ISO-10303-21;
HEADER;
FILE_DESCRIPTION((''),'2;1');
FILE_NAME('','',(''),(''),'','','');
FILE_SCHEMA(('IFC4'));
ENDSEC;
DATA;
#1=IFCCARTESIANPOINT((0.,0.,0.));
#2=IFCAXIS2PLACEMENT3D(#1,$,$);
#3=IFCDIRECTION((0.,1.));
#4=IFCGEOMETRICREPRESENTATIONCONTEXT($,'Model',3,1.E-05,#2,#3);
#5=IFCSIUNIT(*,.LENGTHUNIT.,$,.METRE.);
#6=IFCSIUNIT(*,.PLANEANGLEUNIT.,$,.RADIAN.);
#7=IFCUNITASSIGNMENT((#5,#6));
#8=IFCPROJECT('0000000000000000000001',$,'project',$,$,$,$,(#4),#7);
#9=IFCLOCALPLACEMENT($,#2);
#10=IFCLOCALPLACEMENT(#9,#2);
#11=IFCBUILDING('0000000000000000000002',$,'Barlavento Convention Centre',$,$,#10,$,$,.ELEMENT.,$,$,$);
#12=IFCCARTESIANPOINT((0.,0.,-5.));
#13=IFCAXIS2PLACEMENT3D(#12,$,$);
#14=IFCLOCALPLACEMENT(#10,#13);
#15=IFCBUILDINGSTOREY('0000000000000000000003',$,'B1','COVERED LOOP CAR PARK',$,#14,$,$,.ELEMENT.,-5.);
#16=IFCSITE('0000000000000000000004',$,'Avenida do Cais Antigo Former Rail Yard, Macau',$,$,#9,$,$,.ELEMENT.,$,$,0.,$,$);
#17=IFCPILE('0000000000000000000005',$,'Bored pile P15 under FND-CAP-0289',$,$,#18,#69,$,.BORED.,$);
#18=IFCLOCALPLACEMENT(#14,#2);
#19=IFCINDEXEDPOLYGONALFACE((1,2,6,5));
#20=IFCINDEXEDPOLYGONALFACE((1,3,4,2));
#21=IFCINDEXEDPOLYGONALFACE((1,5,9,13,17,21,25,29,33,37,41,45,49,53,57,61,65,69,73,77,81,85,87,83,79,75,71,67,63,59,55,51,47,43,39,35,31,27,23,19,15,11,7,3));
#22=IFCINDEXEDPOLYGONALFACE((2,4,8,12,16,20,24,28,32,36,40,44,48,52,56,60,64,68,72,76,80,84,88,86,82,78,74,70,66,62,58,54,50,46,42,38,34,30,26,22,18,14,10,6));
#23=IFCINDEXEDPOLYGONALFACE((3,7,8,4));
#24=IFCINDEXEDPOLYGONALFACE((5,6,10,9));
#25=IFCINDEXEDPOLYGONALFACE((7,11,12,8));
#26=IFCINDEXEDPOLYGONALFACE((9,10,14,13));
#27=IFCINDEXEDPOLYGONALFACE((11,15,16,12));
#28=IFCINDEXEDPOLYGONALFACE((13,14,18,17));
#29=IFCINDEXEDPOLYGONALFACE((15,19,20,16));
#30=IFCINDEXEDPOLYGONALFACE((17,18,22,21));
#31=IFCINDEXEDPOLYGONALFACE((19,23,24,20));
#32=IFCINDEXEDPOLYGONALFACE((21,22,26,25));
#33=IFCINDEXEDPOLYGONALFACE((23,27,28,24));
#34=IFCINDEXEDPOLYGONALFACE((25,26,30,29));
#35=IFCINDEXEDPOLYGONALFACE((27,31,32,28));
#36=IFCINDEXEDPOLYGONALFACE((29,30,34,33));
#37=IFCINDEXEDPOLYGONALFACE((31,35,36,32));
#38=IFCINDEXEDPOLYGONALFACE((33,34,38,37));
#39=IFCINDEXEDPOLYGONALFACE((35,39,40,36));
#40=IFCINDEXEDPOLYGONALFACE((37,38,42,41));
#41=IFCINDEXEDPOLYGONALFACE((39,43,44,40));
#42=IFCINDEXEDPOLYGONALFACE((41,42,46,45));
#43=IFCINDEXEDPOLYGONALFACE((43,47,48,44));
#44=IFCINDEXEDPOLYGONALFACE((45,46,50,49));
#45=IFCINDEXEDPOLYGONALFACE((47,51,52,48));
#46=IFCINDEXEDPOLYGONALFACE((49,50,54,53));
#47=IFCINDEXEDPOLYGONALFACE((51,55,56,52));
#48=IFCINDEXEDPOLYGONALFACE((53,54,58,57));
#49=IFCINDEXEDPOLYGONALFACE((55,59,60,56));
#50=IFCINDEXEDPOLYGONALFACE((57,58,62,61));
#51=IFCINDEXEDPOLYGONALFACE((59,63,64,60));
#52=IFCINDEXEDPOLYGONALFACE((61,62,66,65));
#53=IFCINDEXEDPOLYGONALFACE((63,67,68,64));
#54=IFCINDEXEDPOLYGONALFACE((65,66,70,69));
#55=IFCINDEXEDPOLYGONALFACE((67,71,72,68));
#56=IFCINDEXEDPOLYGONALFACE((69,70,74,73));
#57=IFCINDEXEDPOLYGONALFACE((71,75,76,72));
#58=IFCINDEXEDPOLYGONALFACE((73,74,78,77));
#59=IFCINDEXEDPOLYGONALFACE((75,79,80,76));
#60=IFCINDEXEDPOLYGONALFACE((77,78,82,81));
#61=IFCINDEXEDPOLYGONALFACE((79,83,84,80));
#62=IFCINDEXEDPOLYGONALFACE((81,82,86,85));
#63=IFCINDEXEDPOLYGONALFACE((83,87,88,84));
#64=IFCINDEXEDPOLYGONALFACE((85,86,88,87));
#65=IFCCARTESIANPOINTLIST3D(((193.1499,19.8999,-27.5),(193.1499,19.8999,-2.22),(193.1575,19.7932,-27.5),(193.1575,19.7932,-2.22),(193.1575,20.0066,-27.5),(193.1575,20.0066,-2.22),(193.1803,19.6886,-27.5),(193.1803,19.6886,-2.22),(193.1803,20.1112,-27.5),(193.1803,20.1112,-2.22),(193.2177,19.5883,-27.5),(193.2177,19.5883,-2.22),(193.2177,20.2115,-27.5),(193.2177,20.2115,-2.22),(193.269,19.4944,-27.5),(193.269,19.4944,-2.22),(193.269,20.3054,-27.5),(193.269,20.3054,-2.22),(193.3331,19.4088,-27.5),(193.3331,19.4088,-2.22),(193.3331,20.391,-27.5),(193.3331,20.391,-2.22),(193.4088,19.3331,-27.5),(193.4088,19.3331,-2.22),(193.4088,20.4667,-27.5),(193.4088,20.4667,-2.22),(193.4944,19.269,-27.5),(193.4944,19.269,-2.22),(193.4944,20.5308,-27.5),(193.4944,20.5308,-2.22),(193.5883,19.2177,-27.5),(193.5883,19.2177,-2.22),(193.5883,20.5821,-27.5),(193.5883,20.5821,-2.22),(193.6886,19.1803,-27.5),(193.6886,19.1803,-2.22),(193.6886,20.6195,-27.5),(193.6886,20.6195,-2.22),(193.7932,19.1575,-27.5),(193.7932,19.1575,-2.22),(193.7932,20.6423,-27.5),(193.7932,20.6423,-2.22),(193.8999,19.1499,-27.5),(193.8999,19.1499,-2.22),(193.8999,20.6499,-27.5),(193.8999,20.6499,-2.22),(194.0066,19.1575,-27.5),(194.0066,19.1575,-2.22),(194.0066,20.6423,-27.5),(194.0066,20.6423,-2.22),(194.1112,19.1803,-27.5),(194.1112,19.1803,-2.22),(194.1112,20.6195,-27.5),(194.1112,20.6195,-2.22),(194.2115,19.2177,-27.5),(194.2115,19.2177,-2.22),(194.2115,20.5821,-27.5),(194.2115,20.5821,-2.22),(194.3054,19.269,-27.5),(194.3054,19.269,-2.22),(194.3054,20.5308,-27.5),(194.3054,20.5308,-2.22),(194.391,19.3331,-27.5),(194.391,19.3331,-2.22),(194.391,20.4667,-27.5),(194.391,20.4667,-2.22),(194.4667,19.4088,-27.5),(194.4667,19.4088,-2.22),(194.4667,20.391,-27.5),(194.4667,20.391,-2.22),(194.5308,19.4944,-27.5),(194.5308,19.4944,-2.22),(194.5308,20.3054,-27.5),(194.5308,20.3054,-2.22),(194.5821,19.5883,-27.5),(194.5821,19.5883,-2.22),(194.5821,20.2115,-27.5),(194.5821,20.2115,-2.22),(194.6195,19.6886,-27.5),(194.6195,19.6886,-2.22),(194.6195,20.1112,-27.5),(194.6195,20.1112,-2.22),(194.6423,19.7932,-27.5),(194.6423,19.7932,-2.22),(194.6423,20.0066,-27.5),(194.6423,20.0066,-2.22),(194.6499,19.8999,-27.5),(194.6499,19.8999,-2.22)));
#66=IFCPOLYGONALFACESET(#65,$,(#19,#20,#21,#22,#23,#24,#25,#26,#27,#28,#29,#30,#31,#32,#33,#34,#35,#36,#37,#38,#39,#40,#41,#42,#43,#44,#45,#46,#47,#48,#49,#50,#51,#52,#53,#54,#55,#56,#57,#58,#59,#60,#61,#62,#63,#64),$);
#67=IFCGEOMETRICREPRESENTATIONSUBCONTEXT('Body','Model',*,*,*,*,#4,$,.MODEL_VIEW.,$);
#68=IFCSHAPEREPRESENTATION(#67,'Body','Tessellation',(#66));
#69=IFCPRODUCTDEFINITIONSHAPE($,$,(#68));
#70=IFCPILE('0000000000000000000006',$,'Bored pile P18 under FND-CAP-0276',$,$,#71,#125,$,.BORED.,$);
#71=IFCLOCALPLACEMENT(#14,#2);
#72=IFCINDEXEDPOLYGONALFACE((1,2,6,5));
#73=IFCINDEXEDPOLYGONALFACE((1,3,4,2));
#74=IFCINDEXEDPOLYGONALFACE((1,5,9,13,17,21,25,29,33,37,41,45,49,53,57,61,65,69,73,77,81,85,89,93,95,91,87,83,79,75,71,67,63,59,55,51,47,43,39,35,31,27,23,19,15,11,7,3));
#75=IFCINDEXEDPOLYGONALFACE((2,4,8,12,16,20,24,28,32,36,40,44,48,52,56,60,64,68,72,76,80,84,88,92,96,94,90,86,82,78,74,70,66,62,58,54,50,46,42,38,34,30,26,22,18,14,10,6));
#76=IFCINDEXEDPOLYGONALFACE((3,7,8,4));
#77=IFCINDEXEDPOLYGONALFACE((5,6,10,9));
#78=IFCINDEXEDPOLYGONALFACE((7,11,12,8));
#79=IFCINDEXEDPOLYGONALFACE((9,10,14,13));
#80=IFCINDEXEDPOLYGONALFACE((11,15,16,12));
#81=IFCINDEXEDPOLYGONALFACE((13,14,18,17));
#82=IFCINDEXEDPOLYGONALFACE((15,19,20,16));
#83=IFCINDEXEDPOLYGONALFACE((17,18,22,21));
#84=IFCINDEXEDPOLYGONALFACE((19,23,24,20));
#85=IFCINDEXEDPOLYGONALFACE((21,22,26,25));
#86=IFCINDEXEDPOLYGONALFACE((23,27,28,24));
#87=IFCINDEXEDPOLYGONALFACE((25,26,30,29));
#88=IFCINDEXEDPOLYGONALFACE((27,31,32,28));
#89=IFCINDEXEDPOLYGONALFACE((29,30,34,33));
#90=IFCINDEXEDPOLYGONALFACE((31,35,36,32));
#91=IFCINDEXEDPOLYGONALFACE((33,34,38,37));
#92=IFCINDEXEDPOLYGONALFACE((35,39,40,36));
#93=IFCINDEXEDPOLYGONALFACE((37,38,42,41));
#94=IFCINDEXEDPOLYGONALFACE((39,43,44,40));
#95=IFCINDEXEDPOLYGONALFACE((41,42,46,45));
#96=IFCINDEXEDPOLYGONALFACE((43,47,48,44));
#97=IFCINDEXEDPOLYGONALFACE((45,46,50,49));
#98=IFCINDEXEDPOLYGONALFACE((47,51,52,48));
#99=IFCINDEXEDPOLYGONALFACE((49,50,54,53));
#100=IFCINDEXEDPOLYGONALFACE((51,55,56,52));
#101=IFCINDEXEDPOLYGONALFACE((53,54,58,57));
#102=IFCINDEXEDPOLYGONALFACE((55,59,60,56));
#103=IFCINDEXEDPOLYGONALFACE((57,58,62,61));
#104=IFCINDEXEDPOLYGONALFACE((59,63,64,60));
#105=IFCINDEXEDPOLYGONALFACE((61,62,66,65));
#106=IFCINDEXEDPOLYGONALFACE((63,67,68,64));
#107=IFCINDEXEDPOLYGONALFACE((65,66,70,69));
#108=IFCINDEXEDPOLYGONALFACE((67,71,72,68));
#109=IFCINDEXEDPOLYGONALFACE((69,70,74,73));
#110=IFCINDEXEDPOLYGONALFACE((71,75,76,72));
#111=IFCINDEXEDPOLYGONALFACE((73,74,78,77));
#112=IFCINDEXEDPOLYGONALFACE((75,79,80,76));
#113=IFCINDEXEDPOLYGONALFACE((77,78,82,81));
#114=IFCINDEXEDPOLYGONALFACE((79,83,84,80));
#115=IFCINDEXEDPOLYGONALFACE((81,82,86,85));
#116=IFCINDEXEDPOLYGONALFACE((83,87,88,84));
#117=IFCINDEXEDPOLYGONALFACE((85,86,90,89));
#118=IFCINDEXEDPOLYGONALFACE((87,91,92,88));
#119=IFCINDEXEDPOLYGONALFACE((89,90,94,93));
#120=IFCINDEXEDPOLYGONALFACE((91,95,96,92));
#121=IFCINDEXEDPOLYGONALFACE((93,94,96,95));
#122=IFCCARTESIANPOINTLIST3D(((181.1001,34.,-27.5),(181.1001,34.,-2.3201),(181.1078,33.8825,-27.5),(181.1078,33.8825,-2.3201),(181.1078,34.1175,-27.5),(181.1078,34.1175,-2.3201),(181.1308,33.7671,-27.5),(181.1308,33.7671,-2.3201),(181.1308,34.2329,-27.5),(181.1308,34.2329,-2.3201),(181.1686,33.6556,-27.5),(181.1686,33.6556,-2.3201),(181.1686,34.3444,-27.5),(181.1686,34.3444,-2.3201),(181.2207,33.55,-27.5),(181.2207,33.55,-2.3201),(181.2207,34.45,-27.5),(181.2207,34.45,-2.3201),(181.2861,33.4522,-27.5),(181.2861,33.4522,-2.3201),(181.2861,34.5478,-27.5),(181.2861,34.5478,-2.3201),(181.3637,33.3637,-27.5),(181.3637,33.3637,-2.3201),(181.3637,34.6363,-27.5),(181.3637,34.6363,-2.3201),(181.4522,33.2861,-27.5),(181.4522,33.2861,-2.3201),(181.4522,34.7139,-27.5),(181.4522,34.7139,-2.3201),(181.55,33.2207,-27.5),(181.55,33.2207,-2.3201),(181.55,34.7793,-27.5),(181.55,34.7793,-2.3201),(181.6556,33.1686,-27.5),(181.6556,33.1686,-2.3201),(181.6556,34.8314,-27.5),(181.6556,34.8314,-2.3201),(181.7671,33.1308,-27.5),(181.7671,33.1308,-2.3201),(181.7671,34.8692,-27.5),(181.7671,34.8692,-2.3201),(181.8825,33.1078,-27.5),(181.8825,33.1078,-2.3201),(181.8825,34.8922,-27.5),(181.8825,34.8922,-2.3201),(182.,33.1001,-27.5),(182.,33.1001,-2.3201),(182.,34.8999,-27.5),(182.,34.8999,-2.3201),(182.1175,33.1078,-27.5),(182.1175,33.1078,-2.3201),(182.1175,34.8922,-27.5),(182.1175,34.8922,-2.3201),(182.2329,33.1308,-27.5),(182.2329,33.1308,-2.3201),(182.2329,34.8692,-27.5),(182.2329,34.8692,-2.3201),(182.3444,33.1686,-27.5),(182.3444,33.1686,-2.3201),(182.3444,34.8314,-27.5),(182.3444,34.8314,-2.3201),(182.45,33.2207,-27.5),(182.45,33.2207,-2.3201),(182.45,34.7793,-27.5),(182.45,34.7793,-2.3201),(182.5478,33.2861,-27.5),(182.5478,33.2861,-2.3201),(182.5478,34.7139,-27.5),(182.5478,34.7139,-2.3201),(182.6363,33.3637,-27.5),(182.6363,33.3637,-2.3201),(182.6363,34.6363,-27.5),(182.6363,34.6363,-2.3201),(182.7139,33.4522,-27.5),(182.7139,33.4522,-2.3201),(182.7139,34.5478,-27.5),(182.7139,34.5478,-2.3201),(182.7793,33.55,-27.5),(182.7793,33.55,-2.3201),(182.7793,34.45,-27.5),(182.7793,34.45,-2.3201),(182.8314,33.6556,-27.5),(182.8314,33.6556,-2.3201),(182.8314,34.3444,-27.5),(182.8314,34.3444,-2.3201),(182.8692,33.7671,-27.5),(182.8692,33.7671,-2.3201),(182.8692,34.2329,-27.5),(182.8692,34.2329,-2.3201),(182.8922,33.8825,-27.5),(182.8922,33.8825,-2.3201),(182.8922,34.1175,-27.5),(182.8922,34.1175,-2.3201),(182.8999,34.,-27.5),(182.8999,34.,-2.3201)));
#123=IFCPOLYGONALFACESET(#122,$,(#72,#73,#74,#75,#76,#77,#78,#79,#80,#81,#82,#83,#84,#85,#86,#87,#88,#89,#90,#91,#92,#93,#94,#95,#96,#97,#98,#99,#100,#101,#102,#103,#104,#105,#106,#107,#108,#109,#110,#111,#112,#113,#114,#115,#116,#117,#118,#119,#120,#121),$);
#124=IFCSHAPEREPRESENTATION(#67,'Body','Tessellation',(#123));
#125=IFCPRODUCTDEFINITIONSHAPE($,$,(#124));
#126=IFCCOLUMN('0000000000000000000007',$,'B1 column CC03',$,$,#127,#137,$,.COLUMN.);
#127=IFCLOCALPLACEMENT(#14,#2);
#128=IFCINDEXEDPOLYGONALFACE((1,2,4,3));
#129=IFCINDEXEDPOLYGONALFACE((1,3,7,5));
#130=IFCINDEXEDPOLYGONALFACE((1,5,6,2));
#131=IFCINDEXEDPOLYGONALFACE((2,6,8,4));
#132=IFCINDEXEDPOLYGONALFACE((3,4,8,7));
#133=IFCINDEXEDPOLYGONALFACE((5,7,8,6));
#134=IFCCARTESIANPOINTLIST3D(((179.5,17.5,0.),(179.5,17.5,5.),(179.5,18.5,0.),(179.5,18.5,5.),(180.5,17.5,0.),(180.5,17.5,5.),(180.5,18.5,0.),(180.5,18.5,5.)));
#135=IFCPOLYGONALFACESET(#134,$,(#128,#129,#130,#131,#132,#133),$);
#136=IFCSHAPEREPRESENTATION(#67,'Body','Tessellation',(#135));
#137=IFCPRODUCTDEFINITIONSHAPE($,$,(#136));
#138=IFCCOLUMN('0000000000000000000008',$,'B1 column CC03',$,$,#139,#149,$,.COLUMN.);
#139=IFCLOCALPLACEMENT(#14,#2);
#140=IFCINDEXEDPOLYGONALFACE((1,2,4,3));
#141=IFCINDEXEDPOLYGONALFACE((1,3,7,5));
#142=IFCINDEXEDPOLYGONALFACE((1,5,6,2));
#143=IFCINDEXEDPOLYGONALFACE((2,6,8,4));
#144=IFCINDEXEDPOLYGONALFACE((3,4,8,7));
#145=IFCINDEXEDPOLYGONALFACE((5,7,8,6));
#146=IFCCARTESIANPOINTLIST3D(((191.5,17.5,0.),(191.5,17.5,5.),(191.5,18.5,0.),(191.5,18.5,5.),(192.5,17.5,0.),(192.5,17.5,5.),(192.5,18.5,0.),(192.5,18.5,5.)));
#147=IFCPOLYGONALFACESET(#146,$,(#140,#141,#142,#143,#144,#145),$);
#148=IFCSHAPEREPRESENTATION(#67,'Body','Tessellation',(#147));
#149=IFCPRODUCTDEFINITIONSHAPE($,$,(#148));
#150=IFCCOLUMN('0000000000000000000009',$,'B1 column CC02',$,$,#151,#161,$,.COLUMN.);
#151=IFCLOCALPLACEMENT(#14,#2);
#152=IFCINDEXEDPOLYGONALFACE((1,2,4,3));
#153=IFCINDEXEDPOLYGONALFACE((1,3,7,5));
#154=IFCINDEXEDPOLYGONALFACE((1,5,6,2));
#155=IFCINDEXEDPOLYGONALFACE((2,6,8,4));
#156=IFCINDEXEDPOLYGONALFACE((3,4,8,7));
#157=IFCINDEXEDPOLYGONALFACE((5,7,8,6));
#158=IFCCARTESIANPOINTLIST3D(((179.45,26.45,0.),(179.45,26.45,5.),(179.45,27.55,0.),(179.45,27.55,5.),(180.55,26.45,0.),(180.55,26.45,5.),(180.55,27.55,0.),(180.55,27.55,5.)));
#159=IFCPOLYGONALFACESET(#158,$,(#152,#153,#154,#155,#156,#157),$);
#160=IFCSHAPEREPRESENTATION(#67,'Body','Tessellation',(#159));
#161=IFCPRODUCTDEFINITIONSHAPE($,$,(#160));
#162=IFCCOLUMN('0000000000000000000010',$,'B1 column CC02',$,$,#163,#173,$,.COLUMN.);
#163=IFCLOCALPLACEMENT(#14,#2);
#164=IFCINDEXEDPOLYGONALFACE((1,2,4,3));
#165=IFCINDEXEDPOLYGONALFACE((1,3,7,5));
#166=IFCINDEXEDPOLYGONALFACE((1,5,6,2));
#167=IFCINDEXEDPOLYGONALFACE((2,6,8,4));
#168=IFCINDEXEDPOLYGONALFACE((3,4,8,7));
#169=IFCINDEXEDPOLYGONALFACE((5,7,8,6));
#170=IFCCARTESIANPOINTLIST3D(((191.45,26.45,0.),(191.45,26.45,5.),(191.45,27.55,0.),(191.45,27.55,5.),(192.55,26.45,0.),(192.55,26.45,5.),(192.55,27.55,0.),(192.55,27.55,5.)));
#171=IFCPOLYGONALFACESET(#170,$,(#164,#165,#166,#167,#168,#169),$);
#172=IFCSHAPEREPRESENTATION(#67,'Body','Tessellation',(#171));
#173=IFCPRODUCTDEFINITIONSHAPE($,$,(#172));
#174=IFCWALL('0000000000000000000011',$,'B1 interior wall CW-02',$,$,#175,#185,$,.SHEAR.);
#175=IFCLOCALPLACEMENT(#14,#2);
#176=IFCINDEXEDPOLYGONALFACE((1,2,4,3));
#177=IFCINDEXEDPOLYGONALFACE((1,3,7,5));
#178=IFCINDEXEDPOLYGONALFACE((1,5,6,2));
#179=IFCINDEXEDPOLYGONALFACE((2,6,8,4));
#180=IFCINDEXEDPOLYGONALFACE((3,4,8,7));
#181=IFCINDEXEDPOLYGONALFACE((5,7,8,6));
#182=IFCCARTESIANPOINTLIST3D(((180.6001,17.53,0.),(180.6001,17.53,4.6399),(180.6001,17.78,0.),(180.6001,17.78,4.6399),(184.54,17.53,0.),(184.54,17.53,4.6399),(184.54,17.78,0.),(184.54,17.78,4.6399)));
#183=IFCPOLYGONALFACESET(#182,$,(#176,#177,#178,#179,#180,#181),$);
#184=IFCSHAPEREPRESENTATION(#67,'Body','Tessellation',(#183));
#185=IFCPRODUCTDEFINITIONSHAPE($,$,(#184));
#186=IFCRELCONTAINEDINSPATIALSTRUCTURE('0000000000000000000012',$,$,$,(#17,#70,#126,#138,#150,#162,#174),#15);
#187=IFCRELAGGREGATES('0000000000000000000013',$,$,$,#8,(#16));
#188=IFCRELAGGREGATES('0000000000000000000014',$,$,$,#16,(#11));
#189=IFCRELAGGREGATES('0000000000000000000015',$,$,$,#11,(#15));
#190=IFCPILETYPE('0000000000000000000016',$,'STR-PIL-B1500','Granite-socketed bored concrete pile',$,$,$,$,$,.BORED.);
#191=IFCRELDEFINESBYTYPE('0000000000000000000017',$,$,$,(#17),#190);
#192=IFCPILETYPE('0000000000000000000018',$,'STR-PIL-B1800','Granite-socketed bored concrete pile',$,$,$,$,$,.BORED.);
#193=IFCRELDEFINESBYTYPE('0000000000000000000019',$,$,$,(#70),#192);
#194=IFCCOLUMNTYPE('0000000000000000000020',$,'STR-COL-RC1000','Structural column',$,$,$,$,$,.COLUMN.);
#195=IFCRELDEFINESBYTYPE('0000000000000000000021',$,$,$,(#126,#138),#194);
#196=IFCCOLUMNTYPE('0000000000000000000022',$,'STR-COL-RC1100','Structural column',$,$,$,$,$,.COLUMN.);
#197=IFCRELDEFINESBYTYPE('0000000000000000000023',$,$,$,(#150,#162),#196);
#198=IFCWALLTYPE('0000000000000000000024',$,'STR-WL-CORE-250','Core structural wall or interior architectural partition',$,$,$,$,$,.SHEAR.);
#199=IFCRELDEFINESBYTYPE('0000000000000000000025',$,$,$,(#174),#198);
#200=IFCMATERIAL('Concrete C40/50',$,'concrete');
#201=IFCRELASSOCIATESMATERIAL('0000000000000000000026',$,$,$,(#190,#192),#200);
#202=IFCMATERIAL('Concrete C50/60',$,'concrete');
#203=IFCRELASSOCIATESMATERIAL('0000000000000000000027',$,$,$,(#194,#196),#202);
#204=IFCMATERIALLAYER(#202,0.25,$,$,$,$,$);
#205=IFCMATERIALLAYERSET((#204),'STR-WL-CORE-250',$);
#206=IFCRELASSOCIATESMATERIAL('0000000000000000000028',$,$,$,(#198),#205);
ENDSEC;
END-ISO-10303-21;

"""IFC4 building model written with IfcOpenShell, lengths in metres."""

from ifc_helpers import new_model, si_unit, direction, frame, frame_2d, origin, origin_2d, place, context, subcontext, project, spatial, rectangle, circle, extrude, material, layer, layer_set, material_profile, profile_set, type_object, element, save


model = new_model("IFC4")

# Units and contexts
model_context = context("Model", 3, precision=1e-05, world=origin(), true_north=direction((0.0, 1.0)))
body_context = subcontext(model_context, "Body", "Model", "MODEL_VIEW")
ifc_project = project(units=[si_unit("LENGTHUNIT", "METRE"), si_unit("PLANEANGLEUNIT", "RADIAN")], contexts=[model_context])

# Site, building, storey
site_placement = place(None, origin())
site = spatial("IfcSite", under=ifc_project, at=site_placement, Name="Avenida do Cais Antigo Former Rail Yard, Macau", CompositionType="ELEMENT", RefElevation=0.0)
building_placement = place(site_placement, origin())
building = spatial("IfcBuilding", under=site, at=building_placement, Name="Barlavento Convention Centre", CompositionType="ELEMENT")
storey_placement = place(building_placement, frame((0.0, 0.0, -5.0)))
storey = spatial("IfcBuildingStorey", under=building, at=storey_placement, Name="B1", Description="COVERED LOOP CAR PARK", CompositionType="ELEMENT", Elevation=-5.0)

# Shared definitions
ifc_material_1 = material(Name="Concrete C40/50", Category="concrete")

# Piles
ifc_material_profile_1 = material_profile(ifc_material_1, circle(Radius=0.75, at=origin_2d()), Name="BORED PILE 1500")
ifc_profile_set_1 = profile_set([ifc_material_profile_1], Name="Concrete C40/50")
pile_type_1 = type_object("IfcPileType", Name="STR-PIL-B1500", Description="Granite-socketed bored concrete pile", PredefinedType="BORED", material=ifc_profile_set_1)
for number, where, z_axis, x_axis, name in (
    (1, (193.8999, 19.8999, -2.22), (0.0, 0.0, -1.0), (1.0, 0.0, 0.0), "Bored pile P15 under FND-CAP-0289"),
):
    element("IfcPile", number, at=place(storey_placement, frame(where, z_axis=z_axis, x_axis=x_axis)), inside=storey, type_object=pile_type_1, Name=name, PredefinedType="BORED", context=body_context, shape_type="SweptSolid", body=[
        extrude(circle(Radius=0.75, at=origin_2d()), origin(), (0.0, 0.0, 1.0), 25.28),
    ])
ifc_material_profile_2 = material_profile(ifc_material_1, circle(Radius=0.8999, at=origin_2d()), Name="BORED PILE 1800")
ifc_profile_set_2 = profile_set([ifc_material_profile_2], Name="Concrete C40/50")
pile_type_2 = type_object("IfcPileType", Name="STR-PIL-B1800", Description="Granite-socketed bored concrete pile", PredefinedType="BORED", material=ifc_profile_set_2)
pile_placement = place(storey_placement, frame((182.0, 34.0, -2.3201), z_axis=(0.0, 0.0, -1.0), x_axis=(1.0, 0.0, 0.0)))
element("IfcPile", 2, at=pile_placement, inside=storey, type_object=pile_type_2, Name="Bored pile P18 under FND-CAP-0276", PredefinedType="BORED", context=body_context, shape_type="SweptSolid", body=[
    extrude(circle(Radius=0.8999, at=origin_2d()), origin(), (0.0, 0.0, 1.0), 25.1799),
])

# Columns
ifc_material_2 = material(Name="Concrete C50/60", Category="concrete")
ifc_material_profile_3 = material_profile(ifc_material_2, rectangle(XDim=1.0, YDim=1.0, at=origin_2d()), Name="RC 1000x1000")
ifc_profile_set_3 = profile_set([ifc_material_profile_3], Name="Concrete C50/60")
column_type_1 = type_object("IfcColumnType", Name="STR-COL-RC1000", Description="Structural column", PredefinedType="COLUMN", material=ifc_profile_set_3)
for number, where, z_axis, x_axis, name in (
    (3, (180.0, 18.0, 0.0), (0.0, 0.0, 1.0), (1.0, 0.0, 0.0), "B1 column CC03"),
    (4, (192.0, 18.0, 0.0), (0.0, 0.0, 1.0), (1.0, 0.0, 0.0), "B1 column CC03"),
):
    element("IfcColumn", number, at=place(storey_placement, frame(where, z_axis=z_axis, x_axis=x_axis)), inside=storey, type_object=column_type_1, Name=name, PredefinedType="COLUMN", context=body_context, shape_type="SweptSolid", body=[
        extrude(rectangle(XDim=1.0, YDim=1.0, at=origin_2d()), origin(), (0.0, 0.0, 1.0), 5.0),
    ])
ifc_material_profile_4 = material_profile(ifc_material_2, rectangle(XDim=1.1001, YDim=1.1001, at=origin_2d()), Name="RC 1100x1100")
ifc_profile_set_4 = profile_set([ifc_material_profile_4], Name="Concrete C50/60")
column_type_2 = type_object("IfcColumnType", Name="STR-COL-RC1100", Description="Structural column", PredefinedType="COLUMN", material=ifc_profile_set_4)
for number, where, z_axis, x_axis, name in (
    (5, (180.0, 27.0, 0.0), (0.0, 0.0, 1.0), (1.0, 0.0, 0.0), "B1 column CC02"),
    (6, (192.0, 27.0, 0.0), (0.0, 0.0, 1.0), (1.0, 0.0, 0.0), "B1 column CC02"),
):
    element("IfcColumn", number, at=place(storey_placement, frame(where, z_axis=z_axis, x_axis=x_axis)), inside=storey, type_object=column_type_2, Name=name, PredefinedType="COLUMN", context=body_context, shape_type="SweptSolid", body=[
        extrude(rectangle(XDim=1.1001, YDim=1.1001, at=origin_2d()), origin(), (0.0, 0.0, 1.0), 5.0),
    ])

# Wall
ifc_layer = layer(ifc_material_2, 0.25)
ifc_layer_set = layer_set([ifc_layer], Name="STR-WL-CORE-250")
wall_type = type_object("IfcWallType", Name="STR-WL-CORE-250", Description="Core structural wall or interior architectural partition", PredefinedType="SHEAR", material=ifc_layer_set)
wall_placement = place(storey_placement, frame((180.6001, 17.655, 0.0), z_axis=(0.0, 0.0, 1.0), x_axis=(1.0, 0.0, 0.0)))
element("IfcWall", 7, at=wall_placement, inside=storey, type_object=wall_type, Name="B1 interior wall CW-02", PredefinedType="SHEAR", context=body_context, shape_type="SweptSolid", body=[
    extrude(rectangle(XDim=3.9399, YDim=0.25, at=frame_2d((1.97, 0.0))), origin(), (0.0, 0.0, 1.0), 4.6399),
])

save(model, "model.ifc")
